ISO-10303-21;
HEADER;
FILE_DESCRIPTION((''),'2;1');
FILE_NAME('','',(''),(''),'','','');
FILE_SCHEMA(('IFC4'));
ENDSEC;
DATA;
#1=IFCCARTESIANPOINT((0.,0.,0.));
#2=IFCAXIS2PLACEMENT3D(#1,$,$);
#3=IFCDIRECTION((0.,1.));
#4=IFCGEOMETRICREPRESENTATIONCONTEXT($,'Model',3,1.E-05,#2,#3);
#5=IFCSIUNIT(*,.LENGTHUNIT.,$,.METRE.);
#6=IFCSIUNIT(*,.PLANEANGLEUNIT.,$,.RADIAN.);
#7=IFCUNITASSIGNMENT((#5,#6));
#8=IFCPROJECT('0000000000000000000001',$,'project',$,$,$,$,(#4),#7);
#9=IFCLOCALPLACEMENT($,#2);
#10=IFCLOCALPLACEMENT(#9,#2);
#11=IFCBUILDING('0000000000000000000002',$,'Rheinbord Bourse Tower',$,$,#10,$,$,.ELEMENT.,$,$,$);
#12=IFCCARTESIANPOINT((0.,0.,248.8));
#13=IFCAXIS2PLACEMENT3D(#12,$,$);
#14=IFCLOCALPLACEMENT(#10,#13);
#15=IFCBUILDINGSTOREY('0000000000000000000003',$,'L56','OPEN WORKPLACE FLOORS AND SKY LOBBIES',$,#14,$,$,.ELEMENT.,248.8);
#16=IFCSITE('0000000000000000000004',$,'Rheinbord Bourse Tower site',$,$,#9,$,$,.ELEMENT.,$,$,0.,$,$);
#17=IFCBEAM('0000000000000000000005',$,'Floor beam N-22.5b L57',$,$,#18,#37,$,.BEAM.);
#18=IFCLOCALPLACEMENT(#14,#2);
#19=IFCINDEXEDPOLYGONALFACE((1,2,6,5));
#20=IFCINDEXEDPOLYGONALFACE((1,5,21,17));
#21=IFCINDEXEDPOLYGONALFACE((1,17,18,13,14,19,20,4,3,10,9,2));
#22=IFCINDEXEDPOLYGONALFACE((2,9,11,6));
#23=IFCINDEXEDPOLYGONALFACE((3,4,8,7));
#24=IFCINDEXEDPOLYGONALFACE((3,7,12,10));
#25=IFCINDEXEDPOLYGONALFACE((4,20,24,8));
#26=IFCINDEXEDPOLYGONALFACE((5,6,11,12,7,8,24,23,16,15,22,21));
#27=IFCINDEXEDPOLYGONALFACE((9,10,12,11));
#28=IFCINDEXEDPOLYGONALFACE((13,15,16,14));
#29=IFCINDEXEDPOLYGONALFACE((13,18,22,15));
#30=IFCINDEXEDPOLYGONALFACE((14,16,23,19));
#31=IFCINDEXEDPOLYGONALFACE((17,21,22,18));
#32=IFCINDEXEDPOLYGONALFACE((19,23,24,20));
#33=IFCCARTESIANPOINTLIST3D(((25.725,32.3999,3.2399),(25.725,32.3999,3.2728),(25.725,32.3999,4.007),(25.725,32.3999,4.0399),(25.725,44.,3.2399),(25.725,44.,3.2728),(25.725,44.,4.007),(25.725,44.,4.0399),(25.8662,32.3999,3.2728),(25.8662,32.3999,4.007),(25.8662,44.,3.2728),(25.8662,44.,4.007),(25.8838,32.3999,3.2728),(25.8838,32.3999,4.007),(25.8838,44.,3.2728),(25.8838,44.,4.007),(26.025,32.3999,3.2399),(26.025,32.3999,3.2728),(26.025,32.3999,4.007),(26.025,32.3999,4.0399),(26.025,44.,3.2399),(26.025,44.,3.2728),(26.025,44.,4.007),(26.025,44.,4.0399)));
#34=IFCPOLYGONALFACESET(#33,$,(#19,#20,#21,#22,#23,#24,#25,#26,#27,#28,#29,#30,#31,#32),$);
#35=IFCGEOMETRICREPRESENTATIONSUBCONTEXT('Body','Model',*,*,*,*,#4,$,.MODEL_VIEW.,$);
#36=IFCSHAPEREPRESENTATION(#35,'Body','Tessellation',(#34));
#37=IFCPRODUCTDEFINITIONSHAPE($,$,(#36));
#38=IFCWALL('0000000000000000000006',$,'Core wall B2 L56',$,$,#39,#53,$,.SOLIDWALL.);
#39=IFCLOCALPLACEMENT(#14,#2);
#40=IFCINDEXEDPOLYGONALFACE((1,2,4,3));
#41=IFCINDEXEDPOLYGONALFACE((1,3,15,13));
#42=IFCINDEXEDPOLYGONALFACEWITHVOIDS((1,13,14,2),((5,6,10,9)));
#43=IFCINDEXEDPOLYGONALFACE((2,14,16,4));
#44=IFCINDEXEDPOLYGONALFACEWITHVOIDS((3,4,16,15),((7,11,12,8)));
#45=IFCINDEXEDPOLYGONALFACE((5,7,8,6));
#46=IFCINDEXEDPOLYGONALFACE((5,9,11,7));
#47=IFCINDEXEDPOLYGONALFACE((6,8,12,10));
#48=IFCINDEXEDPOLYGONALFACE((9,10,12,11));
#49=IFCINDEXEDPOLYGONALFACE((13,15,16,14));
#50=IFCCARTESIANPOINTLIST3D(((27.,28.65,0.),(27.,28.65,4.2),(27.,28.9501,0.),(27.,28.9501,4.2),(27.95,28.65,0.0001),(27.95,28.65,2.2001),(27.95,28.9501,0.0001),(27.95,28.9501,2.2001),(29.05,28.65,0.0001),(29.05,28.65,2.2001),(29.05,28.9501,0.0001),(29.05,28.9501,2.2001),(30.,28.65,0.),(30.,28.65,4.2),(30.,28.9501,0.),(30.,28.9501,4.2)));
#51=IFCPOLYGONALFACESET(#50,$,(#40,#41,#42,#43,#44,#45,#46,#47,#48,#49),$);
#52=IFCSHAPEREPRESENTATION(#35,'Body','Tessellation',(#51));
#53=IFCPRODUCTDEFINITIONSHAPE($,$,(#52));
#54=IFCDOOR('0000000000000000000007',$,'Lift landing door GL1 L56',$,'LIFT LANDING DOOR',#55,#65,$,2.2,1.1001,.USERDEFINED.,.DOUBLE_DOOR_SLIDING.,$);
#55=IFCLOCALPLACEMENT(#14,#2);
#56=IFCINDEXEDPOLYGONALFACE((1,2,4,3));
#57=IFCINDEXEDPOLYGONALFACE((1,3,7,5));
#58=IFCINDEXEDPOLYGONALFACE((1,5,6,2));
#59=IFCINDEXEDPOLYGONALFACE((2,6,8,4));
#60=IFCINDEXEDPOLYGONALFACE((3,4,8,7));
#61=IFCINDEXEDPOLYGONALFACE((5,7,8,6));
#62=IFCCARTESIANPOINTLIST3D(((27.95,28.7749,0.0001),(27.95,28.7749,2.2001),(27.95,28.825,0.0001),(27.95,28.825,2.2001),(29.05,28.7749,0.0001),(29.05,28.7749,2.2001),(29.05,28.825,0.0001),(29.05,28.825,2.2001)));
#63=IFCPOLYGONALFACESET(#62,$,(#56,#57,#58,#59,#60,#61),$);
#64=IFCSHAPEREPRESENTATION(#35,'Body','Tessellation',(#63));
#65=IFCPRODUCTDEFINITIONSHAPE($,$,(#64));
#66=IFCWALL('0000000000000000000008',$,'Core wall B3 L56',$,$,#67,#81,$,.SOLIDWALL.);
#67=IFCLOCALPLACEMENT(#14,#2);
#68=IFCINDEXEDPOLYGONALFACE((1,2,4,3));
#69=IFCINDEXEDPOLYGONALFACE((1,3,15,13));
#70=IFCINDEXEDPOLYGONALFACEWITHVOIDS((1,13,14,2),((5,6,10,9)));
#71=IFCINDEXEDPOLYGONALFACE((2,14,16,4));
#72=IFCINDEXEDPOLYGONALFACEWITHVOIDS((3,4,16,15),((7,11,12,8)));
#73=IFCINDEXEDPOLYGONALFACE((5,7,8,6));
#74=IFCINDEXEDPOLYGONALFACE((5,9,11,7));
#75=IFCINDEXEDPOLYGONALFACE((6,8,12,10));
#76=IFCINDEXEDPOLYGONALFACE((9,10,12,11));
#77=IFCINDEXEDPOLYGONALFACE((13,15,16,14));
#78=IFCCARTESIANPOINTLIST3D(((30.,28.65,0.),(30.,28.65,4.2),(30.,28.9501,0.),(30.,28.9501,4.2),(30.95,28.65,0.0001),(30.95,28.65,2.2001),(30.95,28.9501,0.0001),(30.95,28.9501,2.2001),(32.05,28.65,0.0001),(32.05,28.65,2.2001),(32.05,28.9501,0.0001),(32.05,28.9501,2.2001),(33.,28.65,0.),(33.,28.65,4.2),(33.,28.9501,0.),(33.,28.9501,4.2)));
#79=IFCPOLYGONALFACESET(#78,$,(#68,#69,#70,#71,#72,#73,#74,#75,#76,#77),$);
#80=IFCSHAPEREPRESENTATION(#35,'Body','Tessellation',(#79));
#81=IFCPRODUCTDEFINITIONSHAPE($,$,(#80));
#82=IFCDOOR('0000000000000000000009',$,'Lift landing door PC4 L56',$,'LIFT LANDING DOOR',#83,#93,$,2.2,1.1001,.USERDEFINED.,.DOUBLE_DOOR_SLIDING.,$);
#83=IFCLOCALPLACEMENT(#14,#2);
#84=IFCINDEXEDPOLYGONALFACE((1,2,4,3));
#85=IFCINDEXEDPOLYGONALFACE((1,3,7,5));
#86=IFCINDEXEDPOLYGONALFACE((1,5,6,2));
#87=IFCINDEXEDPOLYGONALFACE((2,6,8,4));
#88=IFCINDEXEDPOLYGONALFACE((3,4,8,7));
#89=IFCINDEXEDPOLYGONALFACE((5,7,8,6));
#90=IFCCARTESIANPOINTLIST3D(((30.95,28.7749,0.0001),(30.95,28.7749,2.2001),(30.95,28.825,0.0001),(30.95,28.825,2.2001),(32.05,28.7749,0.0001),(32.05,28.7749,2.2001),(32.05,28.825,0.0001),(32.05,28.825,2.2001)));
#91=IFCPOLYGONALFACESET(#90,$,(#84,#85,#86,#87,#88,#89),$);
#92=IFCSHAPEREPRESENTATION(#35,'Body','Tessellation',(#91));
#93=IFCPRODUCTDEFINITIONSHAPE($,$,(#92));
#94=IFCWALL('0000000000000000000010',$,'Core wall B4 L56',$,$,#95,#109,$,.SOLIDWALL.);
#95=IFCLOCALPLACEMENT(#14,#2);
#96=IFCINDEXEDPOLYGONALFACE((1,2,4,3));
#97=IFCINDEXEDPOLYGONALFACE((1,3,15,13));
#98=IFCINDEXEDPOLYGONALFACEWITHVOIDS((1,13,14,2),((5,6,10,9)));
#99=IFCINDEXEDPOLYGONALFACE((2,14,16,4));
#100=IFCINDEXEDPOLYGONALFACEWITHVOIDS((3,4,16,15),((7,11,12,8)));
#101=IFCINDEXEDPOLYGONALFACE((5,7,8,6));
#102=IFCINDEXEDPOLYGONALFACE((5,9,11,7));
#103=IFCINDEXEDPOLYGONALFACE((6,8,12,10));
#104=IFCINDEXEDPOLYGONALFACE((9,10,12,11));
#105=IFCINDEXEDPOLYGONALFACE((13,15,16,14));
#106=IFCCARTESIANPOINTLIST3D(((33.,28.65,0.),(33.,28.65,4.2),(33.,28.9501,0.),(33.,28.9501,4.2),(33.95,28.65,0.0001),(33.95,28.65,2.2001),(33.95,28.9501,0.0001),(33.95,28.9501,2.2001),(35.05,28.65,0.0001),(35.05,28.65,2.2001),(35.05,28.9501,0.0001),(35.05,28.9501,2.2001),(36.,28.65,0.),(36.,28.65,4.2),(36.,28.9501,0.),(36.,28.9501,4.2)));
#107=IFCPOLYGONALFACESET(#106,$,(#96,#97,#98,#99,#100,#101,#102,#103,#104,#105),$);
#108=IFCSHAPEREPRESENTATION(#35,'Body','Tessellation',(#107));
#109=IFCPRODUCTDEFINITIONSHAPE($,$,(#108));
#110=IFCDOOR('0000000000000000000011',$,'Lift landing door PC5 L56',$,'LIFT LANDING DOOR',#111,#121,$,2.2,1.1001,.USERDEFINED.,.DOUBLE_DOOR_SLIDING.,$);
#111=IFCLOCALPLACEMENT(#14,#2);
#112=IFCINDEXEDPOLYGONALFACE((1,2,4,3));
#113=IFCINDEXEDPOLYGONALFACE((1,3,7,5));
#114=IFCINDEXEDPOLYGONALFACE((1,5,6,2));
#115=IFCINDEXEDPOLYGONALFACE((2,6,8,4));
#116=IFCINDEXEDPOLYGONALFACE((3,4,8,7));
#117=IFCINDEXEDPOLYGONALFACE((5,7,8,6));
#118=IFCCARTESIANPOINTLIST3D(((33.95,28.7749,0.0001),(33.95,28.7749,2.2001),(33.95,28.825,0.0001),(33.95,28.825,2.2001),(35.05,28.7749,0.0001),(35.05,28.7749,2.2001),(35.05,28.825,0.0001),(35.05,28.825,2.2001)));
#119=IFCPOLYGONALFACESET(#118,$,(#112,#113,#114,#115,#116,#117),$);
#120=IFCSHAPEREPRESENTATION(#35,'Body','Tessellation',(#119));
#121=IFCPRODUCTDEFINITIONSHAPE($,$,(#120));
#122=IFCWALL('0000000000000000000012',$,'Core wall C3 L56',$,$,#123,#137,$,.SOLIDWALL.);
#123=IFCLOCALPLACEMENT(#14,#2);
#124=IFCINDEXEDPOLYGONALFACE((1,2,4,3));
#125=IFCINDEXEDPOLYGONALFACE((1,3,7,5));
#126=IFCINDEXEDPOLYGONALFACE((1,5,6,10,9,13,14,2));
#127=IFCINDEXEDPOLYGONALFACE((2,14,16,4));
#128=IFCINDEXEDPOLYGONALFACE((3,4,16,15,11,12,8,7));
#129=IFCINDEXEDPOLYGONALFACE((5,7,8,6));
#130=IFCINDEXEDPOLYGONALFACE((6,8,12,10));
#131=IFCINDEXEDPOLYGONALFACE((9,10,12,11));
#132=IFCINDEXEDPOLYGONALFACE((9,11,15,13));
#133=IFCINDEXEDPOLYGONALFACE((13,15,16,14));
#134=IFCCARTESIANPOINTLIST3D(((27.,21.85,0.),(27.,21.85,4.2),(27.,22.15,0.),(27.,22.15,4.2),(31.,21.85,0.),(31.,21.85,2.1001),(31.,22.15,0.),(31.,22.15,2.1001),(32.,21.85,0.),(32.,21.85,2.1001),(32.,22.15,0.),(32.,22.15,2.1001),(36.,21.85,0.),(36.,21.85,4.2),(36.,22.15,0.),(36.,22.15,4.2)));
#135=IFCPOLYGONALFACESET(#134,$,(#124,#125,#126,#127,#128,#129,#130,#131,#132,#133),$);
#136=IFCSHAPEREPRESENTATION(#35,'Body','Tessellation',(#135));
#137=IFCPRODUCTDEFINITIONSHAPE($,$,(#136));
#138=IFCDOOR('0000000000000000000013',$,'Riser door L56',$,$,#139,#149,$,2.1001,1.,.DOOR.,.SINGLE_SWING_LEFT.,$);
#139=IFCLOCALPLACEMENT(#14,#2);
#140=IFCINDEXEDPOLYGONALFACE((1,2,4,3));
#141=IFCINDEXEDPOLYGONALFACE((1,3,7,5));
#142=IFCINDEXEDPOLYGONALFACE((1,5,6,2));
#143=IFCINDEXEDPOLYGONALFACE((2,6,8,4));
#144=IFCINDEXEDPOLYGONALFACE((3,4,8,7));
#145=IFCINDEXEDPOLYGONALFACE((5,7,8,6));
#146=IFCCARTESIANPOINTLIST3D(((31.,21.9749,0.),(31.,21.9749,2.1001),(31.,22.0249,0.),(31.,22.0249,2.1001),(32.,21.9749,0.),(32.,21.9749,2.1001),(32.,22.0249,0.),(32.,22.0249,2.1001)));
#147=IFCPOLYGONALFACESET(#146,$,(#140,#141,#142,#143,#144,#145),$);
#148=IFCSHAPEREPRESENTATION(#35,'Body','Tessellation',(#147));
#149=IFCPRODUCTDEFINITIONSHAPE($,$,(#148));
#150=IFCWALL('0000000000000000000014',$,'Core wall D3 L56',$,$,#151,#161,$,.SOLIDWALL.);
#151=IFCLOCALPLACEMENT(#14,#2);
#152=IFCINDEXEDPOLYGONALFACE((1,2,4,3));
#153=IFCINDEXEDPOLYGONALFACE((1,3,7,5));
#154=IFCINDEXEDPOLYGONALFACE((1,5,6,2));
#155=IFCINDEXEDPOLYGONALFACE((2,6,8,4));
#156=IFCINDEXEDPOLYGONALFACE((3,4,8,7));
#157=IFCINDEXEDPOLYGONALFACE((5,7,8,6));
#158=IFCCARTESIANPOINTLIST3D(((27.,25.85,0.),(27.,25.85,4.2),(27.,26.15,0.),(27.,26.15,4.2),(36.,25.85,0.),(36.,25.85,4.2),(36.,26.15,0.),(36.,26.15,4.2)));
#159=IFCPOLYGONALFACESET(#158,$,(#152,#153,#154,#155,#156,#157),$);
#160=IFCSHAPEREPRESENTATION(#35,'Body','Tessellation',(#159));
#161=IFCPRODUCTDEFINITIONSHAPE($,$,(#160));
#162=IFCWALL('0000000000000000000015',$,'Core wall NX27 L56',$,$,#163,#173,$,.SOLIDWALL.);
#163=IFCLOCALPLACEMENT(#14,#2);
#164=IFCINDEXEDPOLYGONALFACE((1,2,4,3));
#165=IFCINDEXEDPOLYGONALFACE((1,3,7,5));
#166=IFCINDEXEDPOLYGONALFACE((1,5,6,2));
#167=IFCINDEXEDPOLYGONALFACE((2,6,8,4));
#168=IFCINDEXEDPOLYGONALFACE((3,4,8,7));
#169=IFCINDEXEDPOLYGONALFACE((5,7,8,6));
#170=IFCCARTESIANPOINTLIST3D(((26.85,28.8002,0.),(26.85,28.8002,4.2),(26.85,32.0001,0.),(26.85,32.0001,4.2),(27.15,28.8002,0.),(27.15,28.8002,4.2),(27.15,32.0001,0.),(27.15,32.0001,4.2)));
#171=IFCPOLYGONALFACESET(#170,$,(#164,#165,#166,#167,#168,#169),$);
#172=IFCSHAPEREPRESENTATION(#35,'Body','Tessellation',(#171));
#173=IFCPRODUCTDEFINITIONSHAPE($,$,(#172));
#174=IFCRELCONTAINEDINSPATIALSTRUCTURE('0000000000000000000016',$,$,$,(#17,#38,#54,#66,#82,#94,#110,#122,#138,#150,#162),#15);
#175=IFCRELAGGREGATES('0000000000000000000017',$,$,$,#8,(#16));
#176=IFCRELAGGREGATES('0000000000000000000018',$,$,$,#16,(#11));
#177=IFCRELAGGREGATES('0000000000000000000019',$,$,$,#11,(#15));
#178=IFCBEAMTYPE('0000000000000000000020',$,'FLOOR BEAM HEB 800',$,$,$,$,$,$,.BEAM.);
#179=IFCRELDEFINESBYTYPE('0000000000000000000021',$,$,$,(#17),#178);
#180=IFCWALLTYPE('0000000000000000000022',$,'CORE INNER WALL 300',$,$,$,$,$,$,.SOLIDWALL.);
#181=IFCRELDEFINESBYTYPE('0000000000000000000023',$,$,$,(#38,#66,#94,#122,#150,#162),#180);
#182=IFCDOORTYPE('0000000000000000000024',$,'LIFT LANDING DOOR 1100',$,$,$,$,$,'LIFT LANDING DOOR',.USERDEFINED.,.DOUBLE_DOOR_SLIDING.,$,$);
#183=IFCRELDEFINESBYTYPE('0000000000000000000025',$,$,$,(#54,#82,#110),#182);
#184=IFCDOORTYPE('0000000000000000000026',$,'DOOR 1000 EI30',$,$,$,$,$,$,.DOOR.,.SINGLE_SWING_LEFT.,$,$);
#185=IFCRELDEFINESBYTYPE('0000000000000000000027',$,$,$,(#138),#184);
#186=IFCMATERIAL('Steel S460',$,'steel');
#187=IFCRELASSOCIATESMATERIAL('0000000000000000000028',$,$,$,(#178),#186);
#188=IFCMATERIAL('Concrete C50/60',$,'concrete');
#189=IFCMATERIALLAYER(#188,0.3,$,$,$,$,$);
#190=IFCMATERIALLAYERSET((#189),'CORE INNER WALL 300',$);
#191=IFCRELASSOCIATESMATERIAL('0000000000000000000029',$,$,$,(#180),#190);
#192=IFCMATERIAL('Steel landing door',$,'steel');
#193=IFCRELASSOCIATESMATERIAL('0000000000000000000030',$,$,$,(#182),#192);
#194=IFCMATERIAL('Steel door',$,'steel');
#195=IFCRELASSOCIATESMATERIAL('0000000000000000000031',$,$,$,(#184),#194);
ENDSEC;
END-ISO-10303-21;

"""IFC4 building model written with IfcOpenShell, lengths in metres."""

from ifc_helpers import new_model, si_unit, direction, frame, frame_2d, origin, origin_2d, place, context, subcontext, project, spatial, rectangle, i_section, extrude, material, layer, layer_set, material_profile, profile_set, type_object, element, fill, save


model = new_model("IFC4")

# Units and contexts
model_context = context("Model", 3, precision=1e-05, world=origin(), true_north=direction((0.0, 1.0)))
body_context = subcontext(model_context, "Body", "Model", "MODEL_VIEW")
ifc_project = project(units=[si_unit("LENGTHUNIT", "METRE"), si_unit("PLANEANGLEUNIT", "RADIAN")], contexts=[model_context])

# Site, building, storey
site_placement = place(None, origin())
site = spatial("IfcSite", under=ifc_project, at=site_placement, Name="Rheinbord Bourse Tower site", CompositionType="ELEMENT", RefElevation=0.0)
building_placement = place(site_placement, origin())
building = spatial("IfcBuilding", under=site, at=building_placement, Name="Rheinbord Bourse Tower", CompositionType="ELEMENT")
storey_placement = place(building_placement, frame((0.0, 0.0, 248.8)))
storey = spatial("IfcBuildingStorey", under=building, at=storey_placement, Name="L56", Description="OPEN WORKPLACE FLOORS AND SKY LOBBIES", CompositionType="ELEMENT", Elevation=248.8)

# Beam
ifc_material_1 = material(Name="Steel S460", Category="steel")
ifc_material_profile = material_profile(ifc_material_1, i_section(OverallWidth=0.3, OverallDepth=0.8, WebThickness=0.0176, FlangeThickness=0.033, at=origin_2d()), Name="HEB 800")
ifc_profile_set = profile_set([ifc_material_profile], Name="Steel S460")
beam_type = type_object("IfcBeamType", Name="FLOOR BEAM HEB 800", PredefinedType="BEAM", material=ifc_profile_set)
beam_placement = place(storey_placement, frame((25.875, 44.0, 3.6399), z_axis=(0.0, -1.0, 0.0), x_axis=(1.0, 0.0, 0.0)))
element("IfcBeam", 1, at=beam_placement, inside=storey, type_object=beam_type, Name="Floor beam N-22.5b L57", PredefinedType="BEAM", context=body_context, shape_type="SweptSolid", body=[
    extrude(i_section(OverallWidth=0.3, OverallDepth=0.8, WebThickness=0.0176, FlangeThickness=0.033, at=origin_2d()), origin(), (0.0, 0.0, 1.0), 11.6001),
])

# Walls, openings, doors
ifc_material_2 = material(Name="Concrete C50/60", Category="concrete")
ifc_layer_1 = layer(ifc_material_2, 0.3)
ifc_layer_set_1 = layer_set([ifc_layer_1], Name="CORE INNER WALL 300")
wall_type_1 = type_object("IfcWallType", Name="CORE INNER WALL 300", PredefinedType="SOLIDWALL", material=ifc_layer_set_1)
wall_1_placement = place(storey_placement, frame((27.0, 28.8, 0.0), z_axis=(0.0, 0.0, 1.0), x_axis=(1.0, 0.0, 0.0)))
wall_1 = element("IfcWall", 2, at=wall_1_placement, inside=storey, type_object=wall_type_1, Name="Core wall B2 L56", PredefinedType="SOLIDWALL", context=body_context, shape_type="SweptSolid", body=[
    extrude(rectangle(XDim=3.0, YDim=0.3, at=frame_2d((1.5, 0.0))), origin(), (0.0, 0.0, 1.0), 4.2),
])
opening_1_placement = place(wall_1_placement, frame((0.95, 0.0, 0.0)))
opening_1 = element("IfcOpeningElement", 3, at=opening_1_placement, cuts=wall_1, PredefinedType="OPENING", context=body_context, shape_type="SweptSolid", body=[
    extrude(rectangle(XDim=1.1001, YDim=2.2, at=frame_2d((0.55, 1.1001))), frame((0.0, 0.1599, 0.0), z_axis=(0.0, -1.0, 0.0), x_axis=(1.0, 0.0, 0.0)), (0.0, 0.0, 1.0), 0.3201),
])
ifc_material_3 = material(Name="Steel landing door", Category="steel")
door_type_1 = type_object("IfcDoorType", Name="LIFT LANDING DOOR 1100", ElementType="LIFT LANDING DOOR", OperationType="DOUBLE_DOOR_SLIDING", PredefinedType="USERDEFINED", material=ifc_material_3)
door_1_placement = place(opening_1_placement, origin())
door_1 = element("IfcDoor", 4, at=door_1_placement, inside=storey, type_object=door_type_1, Name="Lift landing door GL1 L56", ObjectType="LIFT LANDING DOOR", OperationType="DOUBLE_DOOR_SLIDING", OverallHeight=2.2, OverallWidth=1.1001, PredefinedType="USERDEFINED", context=body_context, shape_type="SweptSolid", body=[
    extrude(rectangle(XDim=1.1001, YDim=2.2, at=frame_2d((0.55, 1.1001))), frame((0.0, 0.0249, 0.0), z_axis=(0.0, -1.0, 0.0), x_axis=(1.0, 0.0, 0.0)), (0.0, 0.0, 1.0), 0.05),
])
fill(opening_1, door_1)
wall_2_placement = place(storey_placement, frame((30.0, 28.8, 0.0), z_axis=(0.0, 0.0, 1.0), x_axis=(1.0, 0.0, 0.0)))
wall_2 = element("IfcWall", 5, at=wall_2_placement, inside=storey, type_object=wall_type_1, Name="Core wall B3 L56", PredefinedType="SOLIDWALL", context=body_context, shape_type="SweptSolid", body=[
    extrude(rectangle(XDim=3.0, YDim=0.3, at=frame_2d((1.5, 0.0))), origin(), (0.0, 0.0, 1.0), 4.2),
])
opening_2_placement = place(wall_2_placement, frame((0.95, 0.0, 0.0)))
opening_2 = element("IfcOpeningElement", 6, at=opening_2_placement, cuts=wall_2, PredefinedType="OPENING", context=body_context, shape_type="SweptSolid", body=[
    extrude(rectangle(XDim=1.1001, YDim=2.2, at=frame_2d((0.55, 1.1001))), frame((0.0, 0.1599, 0.0), z_axis=(0.0, -1.0, 0.0), x_axis=(1.0, 0.0, 0.0)), (0.0, 0.0, 1.0), 0.3201),
])
door_2_placement = place(opening_2_placement, origin())
door_2 = element("IfcDoor", 7, at=door_2_placement, inside=storey, type_object=door_type_1, Name="Lift landing door PC4 L56", ObjectType="LIFT LANDING DOOR", OperationType="DOUBLE_DOOR_SLIDING", OverallHeight=2.2, OverallWidth=1.1001, PredefinedType="USERDEFINED", context=body_context, shape_type="SweptSolid", body=[
    extrude(rectangle(XDim=1.1001, YDim=2.2, at=frame_2d((0.55, 1.1001))), frame((0.0, 0.0249, 0.0), z_axis=(0.0, -1.0, 0.0), x_axis=(1.0, 0.0, 0.0)), (0.0, 0.0, 1.0), 0.05),
])
fill(opening_2, door_2)
wall_3_placement = place(storey_placement, frame((33.0, 28.8, 0.0), z_axis=(0.0, 0.0, 1.0), x_axis=(1.0, 0.0, 0.0)))
wall_3 = element("IfcWall", 8, at=wall_3_placement, inside=storey, type_object=wall_type_1, Name="Core wall B4 L56", PredefinedType="SOLIDWALL", context=body_context, shape_type="SweptSolid", body=[
    extrude(rectangle(XDim=3.0, YDim=0.3, at=frame_2d((1.5, 0.0))), origin(), (0.0, 0.0, 1.0), 4.2),
])
opening_3_placement = place(wall_3_placement, frame((0.95, 0.0, 0.0)))
opening_3 = element("IfcOpeningElement", 9, at=opening_3_placement, cuts=wall_3, PredefinedType="OPENING", context=body_context, shape_type="SweptSolid", body=[
    extrude(rectangle(XDim=1.1001, YDim=2.2, at=frame_2d((0.55, 1.1001))), frame((0.0, 0.1599, 0.0), z_axis=(0.0, -1.0, 0.0), x_axis=(1.0, 0.0, 0.0)), (0.0, 0.0, 1.0), 0.3201),
])
door_3_placement = place(opening_3_placement, origin())
door_3 = element("IfcDoor", 10, at=door_3_placement, inside=storey, type_object=door_type_1, Name="Lift landing door PC5 L56", ObjectType="LIFT LANDING DOOR", OperationType="DOUBLE_DOOR_SLIDING", OverallHeight=2.2, OverallWidth=1.1001, PredefinedType="USERDEFINED", context=body_context, shape_type="SweptSolid", body=[
    extrude(rectangle(XDim=1.1001, YDim=2.2, at=frame_2d((0.55, 1.1001))), frame((0.0, 0.0249, 0.0), z_axis=(0.0, -1.0, 0.0), x_axis=(1.0, 0.0, 0.0)), (0.0, 0.0, 1.0), 0.05),
])
fill(opening_3, door_3)
wall_4_placement = place(storey_placement, frame((27.0, 22.0, 0.0), z_axis=(0.0, 0.0, 1.0), x_axis=(1.0, 0.0, 0.0)))
wall_4 = element("IfcWall", 11, at=wall_4_placement, inside=storey, type_object=wall_type_1, Name="Core wall C3 L56", PredefinedType="SOLIDWALL", context=body_context, shape_type="SweptSolid", body=[
    extrude(rectangle(XDim=9.0, YDim=0.3, at=frame_2d((4.5, 0.0))), origin(), (0.0, 0.0, 1.0), 4.2),
])
opening_4_placement = place(wall_4_placement, frame((4.0, 0.0, 0.0)))
opening_4 = element("IfcOpeningElement", 12, at=opening_4_placement, cuts=wall_4, PredefinedType="OPENING", context=body_context, shape_type="SweptSolid", body=[
    extrude(rectangle(XDim=1.0, YDim=2.1001, at=frame_2d((0.5, 1.05))), frame((0.0, 0.1599, 0.0), z_axis=(0.0, -1.0, 0.0), x_axis=(1.0, 0.0, 0.0)), (0.0, 0.0, 1.0), 0.3201),
])
ifc_material_4 = material(Name="Steel door", Category="steel")
door_type_2 = type_object("IfcDoorType", Name="DOOR 1000 EI30", OperationType="SINGLE_SWING_LEFT", PredefinedType="DOOR", material=ifc_material_4)
door_4_placement = place(opening_4_placement, origin())
door_4 = element("IfcDoor", 13, at=door_4_placement, inside=storey, type_object=door_type_2, Name="Riser door L56", OperationType="SINGLE_SWING_LEFT", OverallHeight=2.1001, OverallWidth=1.0, PredefinedType="DOOR", context=body_context, shape_type="SweptSolid", body=[
    extrude(rectangle(XDim=1.0, YDim=2.1001, at=frame_2d((0.5, 1.05))), frame((0.0, 0.0249, 0.0), z_axis=(0.0, -1.0, 0.0), x_axis=(1.0, 0.0, 0.0)), (0.0, 0.0, 1.0), 0.05),
])
fill(opening_4, door_4)

# Walls
wall_5_placement = place(storey_placement, frame((27.0, 26.0, 0.0), z_axis=(0.0, 0.0, 1.0), x_axis=(1.0, 0.0, 0.0)))
element("IfcWall", 14, at=wall_5_placement, inside=storey, type_object=wall_type_1, Name="Core wall D3 L56", PredefinedType="SOLIDWALL", context=body_context, shape_type="SweptSolid", body=[
    extrude(rectangle(XDim=9.0, YDim=0.3, at=frame_2d((4.5, 0.0))), origin(), (0.0, 0.0, 1.0), 4.2),
])
for number, where, z_axis, x_axis, name in (
    (15, (27.0, 28.8, 0.0), (0.0, 0.0, 1.0), (0.0, 1.0, 0.0), "Core wall NX27 L56"),
):
    element("IfcWall", number, at=place(storey_placement, frame(where, z_axis=z_axis, x_axis=x_axis)), inside=storey, type_object=wall_type_1, Name=name, PredefinedType="SOLIDWALL", context=body_context, shape_type="SweptSolid", body=[
        extrude(rectangle(XDim=3.2, YDim=0.3, at=frame_2d((1.6001, 0.0))), origin(), (0.0, 0.0, 1.0), 4.2),
    ])

save(model, "model.ifc")
